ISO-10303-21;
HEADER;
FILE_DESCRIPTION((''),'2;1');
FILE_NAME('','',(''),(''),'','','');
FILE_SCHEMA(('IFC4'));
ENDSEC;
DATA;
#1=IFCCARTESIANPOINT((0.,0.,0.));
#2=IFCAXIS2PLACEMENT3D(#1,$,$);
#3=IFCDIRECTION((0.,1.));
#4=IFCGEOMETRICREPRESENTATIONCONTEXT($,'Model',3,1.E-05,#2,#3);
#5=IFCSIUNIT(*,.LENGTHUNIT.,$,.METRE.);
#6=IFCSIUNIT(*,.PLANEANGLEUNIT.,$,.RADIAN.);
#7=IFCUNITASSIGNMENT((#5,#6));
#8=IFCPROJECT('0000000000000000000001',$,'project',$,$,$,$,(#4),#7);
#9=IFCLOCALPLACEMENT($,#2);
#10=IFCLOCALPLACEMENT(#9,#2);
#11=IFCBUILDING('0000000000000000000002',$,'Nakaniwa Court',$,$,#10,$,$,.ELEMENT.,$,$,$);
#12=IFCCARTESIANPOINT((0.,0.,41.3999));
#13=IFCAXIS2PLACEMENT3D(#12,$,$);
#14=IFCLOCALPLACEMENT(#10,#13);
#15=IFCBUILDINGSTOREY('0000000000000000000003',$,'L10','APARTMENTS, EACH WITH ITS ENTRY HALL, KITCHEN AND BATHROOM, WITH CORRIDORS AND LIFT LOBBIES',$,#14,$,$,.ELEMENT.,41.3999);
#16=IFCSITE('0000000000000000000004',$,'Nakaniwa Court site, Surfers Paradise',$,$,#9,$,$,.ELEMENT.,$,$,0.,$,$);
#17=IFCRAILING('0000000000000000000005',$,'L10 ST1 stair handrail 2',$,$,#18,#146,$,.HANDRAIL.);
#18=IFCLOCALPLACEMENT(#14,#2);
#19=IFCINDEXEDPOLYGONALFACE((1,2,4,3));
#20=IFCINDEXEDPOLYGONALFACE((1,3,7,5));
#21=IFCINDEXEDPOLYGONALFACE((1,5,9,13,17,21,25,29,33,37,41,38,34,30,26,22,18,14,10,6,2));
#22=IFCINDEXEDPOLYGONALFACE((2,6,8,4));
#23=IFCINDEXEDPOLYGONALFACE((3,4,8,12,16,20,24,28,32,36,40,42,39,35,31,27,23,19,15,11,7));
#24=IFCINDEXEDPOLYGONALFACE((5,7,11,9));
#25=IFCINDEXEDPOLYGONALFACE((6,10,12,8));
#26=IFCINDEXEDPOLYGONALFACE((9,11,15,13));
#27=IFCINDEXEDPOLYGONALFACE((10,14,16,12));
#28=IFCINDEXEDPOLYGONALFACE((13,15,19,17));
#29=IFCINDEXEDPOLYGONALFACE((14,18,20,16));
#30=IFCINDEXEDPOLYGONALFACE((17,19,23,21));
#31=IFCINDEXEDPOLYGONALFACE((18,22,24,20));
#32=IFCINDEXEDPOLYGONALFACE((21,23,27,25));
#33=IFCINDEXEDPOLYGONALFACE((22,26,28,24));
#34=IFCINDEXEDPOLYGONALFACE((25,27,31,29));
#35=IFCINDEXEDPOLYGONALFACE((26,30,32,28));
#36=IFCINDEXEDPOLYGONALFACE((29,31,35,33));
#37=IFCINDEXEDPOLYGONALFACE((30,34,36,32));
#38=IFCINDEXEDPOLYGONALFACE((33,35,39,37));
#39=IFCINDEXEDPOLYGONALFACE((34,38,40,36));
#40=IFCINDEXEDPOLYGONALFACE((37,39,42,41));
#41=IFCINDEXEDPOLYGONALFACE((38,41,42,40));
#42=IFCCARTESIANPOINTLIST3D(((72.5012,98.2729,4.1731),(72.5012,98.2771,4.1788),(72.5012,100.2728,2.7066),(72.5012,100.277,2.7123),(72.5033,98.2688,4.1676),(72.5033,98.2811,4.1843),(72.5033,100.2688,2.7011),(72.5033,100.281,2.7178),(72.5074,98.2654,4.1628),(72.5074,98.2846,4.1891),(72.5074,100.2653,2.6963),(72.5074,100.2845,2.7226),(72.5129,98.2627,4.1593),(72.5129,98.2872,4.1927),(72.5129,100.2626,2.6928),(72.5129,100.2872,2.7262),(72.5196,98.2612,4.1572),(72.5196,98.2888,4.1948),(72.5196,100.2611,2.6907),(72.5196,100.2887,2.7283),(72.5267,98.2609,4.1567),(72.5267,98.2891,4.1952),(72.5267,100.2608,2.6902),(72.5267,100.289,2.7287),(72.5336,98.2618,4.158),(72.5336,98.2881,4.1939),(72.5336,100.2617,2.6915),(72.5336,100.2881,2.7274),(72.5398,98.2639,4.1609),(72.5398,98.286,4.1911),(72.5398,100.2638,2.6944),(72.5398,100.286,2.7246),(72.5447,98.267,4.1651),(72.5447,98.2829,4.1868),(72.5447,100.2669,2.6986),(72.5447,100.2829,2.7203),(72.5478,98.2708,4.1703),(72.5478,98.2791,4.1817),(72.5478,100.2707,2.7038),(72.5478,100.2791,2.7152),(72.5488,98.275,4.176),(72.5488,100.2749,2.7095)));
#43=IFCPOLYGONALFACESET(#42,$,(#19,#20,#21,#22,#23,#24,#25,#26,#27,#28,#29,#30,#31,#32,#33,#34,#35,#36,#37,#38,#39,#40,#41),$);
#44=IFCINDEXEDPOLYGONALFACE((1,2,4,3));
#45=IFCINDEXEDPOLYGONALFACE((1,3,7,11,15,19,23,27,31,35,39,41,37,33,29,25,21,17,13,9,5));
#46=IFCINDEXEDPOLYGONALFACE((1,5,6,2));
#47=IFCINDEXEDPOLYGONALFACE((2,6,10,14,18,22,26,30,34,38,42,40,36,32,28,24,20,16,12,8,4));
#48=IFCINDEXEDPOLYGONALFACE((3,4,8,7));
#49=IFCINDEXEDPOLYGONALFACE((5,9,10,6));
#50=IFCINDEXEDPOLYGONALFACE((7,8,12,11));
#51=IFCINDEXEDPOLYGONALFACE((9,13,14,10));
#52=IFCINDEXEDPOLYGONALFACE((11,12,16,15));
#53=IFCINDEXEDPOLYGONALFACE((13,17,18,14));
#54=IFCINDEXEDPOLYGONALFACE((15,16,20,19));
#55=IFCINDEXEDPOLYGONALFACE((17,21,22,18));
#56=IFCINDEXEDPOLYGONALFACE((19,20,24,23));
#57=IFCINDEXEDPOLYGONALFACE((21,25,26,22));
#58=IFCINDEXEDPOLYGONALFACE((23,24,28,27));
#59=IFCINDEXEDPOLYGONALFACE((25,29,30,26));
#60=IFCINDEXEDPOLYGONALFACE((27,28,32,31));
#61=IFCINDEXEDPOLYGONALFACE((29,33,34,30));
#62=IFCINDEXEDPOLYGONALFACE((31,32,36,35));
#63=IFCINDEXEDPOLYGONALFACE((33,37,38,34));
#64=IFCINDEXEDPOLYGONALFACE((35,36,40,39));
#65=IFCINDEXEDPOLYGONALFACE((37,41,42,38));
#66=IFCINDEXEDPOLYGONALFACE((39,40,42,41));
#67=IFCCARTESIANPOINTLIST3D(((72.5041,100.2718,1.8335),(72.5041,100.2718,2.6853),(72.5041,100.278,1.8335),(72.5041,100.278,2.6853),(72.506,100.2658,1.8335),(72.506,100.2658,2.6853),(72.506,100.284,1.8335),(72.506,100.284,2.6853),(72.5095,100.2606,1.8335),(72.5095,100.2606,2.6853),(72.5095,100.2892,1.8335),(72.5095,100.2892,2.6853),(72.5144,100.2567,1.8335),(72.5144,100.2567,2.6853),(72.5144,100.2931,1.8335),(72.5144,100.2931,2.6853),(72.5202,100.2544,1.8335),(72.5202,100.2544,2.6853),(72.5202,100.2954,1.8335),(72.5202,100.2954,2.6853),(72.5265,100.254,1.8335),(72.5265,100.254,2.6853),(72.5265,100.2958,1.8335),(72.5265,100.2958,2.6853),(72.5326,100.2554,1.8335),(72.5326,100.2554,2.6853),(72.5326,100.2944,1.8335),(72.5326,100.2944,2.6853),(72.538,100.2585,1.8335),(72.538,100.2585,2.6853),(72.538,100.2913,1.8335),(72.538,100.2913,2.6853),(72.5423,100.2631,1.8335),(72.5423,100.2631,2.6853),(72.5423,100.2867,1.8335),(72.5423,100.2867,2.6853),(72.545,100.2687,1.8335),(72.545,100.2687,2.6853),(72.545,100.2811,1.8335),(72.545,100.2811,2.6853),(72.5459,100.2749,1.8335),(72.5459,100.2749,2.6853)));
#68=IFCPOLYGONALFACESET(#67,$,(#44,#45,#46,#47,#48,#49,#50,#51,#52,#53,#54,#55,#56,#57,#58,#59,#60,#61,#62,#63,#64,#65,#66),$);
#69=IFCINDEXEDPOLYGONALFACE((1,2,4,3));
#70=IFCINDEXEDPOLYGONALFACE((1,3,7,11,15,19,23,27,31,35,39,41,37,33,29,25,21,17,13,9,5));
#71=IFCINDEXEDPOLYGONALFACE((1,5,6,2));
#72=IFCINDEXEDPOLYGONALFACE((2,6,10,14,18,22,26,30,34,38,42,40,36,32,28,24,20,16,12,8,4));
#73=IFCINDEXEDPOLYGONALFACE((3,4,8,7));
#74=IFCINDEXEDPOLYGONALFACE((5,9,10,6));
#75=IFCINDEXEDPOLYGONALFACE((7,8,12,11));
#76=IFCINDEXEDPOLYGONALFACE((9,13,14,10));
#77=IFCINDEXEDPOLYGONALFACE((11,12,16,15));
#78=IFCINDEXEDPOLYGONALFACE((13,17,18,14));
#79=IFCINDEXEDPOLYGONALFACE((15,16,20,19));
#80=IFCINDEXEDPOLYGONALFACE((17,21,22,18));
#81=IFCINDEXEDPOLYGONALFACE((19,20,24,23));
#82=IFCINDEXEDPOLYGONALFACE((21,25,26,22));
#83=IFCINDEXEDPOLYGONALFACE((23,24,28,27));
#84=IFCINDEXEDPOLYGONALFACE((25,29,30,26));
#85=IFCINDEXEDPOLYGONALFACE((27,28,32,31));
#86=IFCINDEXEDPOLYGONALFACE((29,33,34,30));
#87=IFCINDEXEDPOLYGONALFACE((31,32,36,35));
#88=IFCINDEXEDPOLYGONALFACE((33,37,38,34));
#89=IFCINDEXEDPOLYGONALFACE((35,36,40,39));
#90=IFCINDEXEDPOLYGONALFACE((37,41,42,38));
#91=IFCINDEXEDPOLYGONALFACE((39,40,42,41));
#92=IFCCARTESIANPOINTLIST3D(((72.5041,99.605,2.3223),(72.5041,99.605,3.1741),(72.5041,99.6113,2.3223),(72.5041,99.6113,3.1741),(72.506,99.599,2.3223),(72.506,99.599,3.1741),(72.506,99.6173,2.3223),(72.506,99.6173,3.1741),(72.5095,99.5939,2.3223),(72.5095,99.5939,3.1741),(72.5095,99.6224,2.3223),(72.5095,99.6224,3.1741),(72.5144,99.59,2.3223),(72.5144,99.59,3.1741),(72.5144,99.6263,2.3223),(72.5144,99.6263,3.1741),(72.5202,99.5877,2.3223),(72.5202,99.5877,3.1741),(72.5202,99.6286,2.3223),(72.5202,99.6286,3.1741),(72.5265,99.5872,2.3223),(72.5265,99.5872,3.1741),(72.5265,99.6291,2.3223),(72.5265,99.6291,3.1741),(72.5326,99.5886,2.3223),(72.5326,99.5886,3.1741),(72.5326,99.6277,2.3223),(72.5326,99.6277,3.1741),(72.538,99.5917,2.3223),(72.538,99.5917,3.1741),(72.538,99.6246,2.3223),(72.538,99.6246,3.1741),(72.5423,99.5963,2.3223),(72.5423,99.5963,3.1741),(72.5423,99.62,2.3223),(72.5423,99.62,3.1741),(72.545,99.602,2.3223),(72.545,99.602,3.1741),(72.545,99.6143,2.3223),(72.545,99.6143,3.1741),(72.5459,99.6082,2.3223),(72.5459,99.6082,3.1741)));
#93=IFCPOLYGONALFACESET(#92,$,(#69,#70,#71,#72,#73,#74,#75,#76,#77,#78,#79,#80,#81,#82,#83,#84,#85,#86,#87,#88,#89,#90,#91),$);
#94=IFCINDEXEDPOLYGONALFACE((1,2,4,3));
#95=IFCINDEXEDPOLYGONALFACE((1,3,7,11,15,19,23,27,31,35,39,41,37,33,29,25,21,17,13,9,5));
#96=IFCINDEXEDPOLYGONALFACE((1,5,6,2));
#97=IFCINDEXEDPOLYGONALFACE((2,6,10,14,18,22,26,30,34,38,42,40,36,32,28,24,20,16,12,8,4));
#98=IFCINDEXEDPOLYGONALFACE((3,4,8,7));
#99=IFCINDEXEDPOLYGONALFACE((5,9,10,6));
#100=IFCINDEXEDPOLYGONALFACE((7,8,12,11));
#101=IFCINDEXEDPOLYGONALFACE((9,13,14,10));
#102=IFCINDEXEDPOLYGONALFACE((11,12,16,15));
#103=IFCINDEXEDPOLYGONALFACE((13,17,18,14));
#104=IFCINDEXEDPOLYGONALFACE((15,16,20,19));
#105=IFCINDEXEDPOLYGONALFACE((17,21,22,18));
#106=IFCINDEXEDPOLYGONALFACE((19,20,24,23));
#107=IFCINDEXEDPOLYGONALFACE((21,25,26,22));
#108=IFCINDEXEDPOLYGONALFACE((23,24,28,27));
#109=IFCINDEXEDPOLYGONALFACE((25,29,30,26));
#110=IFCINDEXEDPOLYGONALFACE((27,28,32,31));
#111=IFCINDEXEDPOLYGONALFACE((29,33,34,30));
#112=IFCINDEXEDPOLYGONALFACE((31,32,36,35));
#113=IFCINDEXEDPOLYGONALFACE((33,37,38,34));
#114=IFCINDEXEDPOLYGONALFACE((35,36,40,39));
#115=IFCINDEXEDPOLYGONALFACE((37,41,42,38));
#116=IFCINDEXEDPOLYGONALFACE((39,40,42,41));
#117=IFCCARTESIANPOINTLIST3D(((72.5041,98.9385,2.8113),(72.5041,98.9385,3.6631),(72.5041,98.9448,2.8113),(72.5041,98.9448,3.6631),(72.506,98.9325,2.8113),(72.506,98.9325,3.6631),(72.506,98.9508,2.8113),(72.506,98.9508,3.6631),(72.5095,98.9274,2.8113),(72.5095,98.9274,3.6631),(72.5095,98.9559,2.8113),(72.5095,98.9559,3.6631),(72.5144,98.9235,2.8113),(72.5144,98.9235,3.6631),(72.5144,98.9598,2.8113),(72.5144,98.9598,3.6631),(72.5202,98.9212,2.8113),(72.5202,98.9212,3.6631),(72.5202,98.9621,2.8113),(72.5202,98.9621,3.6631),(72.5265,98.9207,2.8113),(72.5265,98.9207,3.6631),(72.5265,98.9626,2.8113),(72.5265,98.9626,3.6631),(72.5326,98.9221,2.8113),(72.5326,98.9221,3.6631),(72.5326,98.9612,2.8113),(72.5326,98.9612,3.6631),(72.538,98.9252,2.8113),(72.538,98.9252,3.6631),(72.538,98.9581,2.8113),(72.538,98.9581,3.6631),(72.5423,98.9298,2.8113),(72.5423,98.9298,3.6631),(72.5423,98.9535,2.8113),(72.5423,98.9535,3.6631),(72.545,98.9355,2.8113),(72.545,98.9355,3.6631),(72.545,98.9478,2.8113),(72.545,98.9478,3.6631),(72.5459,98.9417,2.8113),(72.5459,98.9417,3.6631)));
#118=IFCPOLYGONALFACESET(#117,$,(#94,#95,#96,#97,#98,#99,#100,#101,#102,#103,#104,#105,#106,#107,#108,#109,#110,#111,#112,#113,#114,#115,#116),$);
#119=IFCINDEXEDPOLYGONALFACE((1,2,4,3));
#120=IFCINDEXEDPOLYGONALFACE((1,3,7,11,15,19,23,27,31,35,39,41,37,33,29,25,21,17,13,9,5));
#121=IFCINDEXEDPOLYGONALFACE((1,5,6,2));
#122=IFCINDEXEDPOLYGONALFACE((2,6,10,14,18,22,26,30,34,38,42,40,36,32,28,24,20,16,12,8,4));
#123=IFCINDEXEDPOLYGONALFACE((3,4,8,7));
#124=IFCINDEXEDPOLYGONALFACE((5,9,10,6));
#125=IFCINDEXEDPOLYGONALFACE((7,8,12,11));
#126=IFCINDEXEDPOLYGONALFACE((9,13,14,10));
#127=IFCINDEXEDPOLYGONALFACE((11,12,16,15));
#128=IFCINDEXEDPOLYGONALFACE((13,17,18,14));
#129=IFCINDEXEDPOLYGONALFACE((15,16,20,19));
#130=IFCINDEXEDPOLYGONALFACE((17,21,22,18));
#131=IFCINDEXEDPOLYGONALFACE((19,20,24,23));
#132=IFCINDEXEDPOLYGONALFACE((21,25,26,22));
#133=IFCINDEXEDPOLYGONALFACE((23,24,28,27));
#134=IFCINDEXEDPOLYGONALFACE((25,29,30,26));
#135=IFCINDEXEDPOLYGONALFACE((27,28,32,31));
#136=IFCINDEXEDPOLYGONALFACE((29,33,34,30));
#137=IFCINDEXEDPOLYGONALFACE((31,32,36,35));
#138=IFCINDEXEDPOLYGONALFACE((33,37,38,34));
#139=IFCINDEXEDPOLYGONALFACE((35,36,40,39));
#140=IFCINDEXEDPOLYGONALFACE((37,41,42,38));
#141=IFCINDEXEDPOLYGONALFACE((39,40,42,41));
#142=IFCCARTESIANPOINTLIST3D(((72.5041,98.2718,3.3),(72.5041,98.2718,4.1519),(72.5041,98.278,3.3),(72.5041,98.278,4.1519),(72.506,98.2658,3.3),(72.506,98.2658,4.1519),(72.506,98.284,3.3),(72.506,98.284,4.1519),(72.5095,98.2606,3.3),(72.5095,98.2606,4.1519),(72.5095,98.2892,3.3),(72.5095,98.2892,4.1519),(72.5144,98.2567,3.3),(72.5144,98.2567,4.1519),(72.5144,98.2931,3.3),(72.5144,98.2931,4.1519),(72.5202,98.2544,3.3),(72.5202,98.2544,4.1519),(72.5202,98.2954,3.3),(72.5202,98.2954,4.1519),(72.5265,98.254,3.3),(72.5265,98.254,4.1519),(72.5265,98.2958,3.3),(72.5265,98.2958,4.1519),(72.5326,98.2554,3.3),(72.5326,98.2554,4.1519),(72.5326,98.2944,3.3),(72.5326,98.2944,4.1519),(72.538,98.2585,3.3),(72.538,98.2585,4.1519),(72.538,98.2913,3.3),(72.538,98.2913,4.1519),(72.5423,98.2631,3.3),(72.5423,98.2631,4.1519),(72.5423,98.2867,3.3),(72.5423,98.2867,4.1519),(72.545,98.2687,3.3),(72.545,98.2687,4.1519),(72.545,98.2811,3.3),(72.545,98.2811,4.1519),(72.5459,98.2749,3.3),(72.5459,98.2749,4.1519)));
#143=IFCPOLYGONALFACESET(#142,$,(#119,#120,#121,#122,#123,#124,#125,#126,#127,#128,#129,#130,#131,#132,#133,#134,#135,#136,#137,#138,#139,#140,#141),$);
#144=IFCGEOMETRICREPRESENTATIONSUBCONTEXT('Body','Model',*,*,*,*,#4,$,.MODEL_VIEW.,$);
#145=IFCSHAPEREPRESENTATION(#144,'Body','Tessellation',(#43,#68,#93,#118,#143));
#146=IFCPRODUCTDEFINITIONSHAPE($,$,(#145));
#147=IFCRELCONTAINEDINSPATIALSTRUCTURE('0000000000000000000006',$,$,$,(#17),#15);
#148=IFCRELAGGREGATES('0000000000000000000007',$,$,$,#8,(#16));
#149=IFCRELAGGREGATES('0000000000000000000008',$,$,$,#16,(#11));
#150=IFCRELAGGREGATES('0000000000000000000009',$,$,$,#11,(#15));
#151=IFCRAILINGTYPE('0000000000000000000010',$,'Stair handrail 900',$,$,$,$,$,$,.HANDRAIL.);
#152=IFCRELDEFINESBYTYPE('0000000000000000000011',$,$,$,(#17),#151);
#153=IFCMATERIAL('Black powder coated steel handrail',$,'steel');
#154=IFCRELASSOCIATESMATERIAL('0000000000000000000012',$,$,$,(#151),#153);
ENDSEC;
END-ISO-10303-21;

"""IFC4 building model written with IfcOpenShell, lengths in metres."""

from ifc_helpers import new_model, si_unit, direction, frame, origin, origin_2d, place, context, subcontext, project, spatial, circle, extrude, material, type_object, element, save


model = new_model("IFC4")

# Units and contexts
model_context = context("Model", 3, precision=1e-05, world=origin(), true_north=direction((0.0, 1.0)))
body_context = subcontext(model_context, "Body", "Model", "MODEL_VIEW")
ifc_project = project(units=[si_unit("LENGTHUNIT", "METRE"), si_unit("PLANEANGLEUNIT", "RADIAN")], contexts=[model_context])

# Site, building, storey
site_placement = place(None, origin())
site = spatial("IfcSite", under=ifc_project, at=site_placement, Name="Nakaniwa Court site, Surfers Paradise", CompositionType="ELEMENT", RefElevation=0.0)
building_placement = place(site_placement, origin())
building = spatial("IfcBuilding", under=site, at=building_placement, Name="Nakaniwa Court", CompositionType="ELEMENT")
storey_placement = place(building_placement, frame((0.0, 0.0, 41.3999)))
storey = spatial("IfcBuildingStorey", under=building, at=storey_placement, Name="L10", Description="APARTMENTS, EACH WITH ITS ENTRY HALL, KITCHEN AND BATHROOM, WITH CORRIDORS AND LIFT LOBBIES", CompositionType="ELEMENT", Elevation=41.3999)

# Railing
ifc_material_1 = material(Name="Black powder coated steel handrail", Category="steel")
railing_type_1 = type_object("IfcRailingType", Name="Stair handrail 900", PredefinedType="HANDRAIL", material=ifc_material_1)
railing_1_placement = place(storey_placement, frame((72.5249, 100.2749, 1.8335)))
element("IfcRailing", 1, at=railing_1_placement, inside=storey, type_object=railing_type_1, Name="L10 ST1 stair handrail 2", PredefinedType="HANDRAIL", context=body_context, shape_type="SweptSolid", body=[
    extrude(circle(Radius=0.0239, at=origin_2d()), frame((0.0, 0.0, 0.876), z_axis=(0.0, -0.806427, 0.591334), x_axis=(1.0, 0.0, 0.0)), (0.0, 0.0, 1.0), 2.48),
    extrude(circle(Radius=0.021, at=origin_2d()), origin(), (0.0, 0.0, 1.0), 0.8518),
    extrude(circle(Radius=0.021, at=origin_2d()), frame((0.0, -0.6667, 0.4888)), (0.0, 0.0, 1.0), 0.8518),
    extrude(circle(Radius=0.021, at=origin_2d()), frame((0.0, -1.3333, 0.9778)), (0.0, 0.0, 1.0), 0.8518),
    extrude(circle(Radius=0.021, at=origin_2d()), frame((0.0, -2.0, 1.4666)), (0.0, 0.0, 1.0), 0.8518),
])

save(model, "model.ifc")
